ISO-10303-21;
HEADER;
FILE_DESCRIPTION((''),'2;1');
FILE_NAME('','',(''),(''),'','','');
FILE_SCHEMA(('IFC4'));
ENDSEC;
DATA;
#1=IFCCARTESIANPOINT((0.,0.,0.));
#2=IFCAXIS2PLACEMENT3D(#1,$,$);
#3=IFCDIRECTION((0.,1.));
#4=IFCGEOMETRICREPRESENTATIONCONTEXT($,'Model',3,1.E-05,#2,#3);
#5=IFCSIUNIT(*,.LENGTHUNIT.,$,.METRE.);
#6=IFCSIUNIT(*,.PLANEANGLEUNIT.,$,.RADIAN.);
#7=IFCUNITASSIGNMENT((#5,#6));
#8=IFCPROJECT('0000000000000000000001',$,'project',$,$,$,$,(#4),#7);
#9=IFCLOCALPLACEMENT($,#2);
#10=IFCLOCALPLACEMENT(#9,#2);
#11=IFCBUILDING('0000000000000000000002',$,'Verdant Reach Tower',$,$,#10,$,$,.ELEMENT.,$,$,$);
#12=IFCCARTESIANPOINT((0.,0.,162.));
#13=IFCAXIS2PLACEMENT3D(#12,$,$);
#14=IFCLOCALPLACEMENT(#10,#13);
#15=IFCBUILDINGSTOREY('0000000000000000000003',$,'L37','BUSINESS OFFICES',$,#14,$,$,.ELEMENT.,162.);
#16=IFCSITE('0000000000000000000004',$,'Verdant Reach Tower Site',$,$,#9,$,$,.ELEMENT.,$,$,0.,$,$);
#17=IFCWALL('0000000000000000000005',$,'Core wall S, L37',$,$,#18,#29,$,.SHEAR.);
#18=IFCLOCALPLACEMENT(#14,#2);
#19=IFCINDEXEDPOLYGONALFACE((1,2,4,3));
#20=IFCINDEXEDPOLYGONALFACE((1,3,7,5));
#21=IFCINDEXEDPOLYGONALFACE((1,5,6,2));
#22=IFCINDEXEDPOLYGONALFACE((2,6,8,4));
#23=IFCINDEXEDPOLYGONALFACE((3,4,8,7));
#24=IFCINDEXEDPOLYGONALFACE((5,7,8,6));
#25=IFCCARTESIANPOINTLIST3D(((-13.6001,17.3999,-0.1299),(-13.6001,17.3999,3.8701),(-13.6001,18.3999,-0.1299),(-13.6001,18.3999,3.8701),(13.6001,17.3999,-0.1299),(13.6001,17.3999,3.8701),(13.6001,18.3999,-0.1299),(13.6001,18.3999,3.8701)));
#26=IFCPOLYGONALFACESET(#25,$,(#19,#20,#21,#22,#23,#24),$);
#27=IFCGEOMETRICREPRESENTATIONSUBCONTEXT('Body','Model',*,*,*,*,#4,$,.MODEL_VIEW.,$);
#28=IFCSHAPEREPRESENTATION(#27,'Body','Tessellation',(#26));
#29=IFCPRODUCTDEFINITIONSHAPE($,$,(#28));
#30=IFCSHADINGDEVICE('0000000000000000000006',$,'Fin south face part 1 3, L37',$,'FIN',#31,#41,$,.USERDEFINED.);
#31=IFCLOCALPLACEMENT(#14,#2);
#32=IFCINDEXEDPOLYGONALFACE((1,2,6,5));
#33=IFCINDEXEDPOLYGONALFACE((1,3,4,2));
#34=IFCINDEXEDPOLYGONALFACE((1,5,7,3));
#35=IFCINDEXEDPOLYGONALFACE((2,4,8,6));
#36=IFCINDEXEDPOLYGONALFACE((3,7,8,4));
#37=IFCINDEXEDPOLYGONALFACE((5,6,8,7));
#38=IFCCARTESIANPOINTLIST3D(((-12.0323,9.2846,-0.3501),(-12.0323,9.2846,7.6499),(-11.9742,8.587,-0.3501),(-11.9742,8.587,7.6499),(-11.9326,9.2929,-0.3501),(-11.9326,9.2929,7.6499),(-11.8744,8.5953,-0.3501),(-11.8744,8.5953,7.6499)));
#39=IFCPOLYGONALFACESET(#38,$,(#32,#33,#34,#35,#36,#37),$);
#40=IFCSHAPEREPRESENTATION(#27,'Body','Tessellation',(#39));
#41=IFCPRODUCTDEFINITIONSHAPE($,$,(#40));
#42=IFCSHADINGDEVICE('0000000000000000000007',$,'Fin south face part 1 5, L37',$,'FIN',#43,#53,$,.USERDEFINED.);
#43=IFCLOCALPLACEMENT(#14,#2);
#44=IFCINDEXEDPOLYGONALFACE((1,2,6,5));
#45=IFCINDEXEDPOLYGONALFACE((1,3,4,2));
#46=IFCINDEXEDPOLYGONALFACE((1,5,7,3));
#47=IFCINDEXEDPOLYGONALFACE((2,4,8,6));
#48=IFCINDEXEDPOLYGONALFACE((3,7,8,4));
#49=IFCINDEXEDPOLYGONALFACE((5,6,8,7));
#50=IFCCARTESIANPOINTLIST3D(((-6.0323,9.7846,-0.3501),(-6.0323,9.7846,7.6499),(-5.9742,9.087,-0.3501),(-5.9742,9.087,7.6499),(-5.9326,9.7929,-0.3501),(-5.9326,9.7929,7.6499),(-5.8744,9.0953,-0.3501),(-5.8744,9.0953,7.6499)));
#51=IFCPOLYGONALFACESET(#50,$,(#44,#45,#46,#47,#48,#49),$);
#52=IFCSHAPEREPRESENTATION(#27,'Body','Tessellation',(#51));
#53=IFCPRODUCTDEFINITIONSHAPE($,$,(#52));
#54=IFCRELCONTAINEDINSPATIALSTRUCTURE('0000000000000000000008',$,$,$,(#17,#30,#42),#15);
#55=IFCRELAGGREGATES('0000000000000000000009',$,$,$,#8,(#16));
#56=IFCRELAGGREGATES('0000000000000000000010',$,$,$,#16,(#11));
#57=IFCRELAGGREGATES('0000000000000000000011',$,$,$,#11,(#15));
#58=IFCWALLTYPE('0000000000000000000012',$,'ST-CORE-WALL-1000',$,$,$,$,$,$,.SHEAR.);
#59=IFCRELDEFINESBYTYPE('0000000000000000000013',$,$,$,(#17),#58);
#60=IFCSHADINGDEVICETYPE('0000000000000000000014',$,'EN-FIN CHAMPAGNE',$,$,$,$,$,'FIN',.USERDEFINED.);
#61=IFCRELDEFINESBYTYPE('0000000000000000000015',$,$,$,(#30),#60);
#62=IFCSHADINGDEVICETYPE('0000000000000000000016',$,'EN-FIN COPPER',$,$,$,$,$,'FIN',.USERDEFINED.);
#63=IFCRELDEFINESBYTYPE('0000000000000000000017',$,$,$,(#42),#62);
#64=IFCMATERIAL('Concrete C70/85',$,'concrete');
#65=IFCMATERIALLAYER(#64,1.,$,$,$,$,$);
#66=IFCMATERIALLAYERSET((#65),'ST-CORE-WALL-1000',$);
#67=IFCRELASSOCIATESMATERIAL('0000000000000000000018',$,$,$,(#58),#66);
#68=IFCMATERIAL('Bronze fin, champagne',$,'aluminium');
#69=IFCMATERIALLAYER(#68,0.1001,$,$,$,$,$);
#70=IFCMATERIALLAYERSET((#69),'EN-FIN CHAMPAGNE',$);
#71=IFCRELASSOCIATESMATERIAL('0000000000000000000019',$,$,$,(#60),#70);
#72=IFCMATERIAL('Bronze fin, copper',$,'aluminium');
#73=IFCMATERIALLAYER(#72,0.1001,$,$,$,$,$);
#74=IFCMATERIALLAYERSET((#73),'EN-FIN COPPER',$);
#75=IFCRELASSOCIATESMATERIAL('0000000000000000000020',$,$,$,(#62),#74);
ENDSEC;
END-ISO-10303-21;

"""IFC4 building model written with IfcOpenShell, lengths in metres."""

from ifc_helpers import new_model, si_unit, direction, frame, frame_2d, origin, origin_2d, place, context, subcontext, project, spatial, rectangle, extrude, material, layer, layer_set, type_object, element, save


model = new_model("IFC4")

# Units and contexts
model_context = context("Model", 3, precision=1e-05, world=origin(), true_north=direction((0.0, 1.0)))
body_context = subcontext(model_context, "Body", "Model", "MODEL_VIEW")
ifc_project = project(units=[si_unit("LENGTHUNIT", "METRE"), si_unit("PLANEANGLEUNIT", "RADIAN")], contexts=[model_context])

# Site, building, storey
site_placement = place(None, origin())
site = spatial("IfcSite", under=ifc_project, at=site_placement, Name="Verdant Reach Tower Site", CompositionType="ELEMENT", RefElevation=0.0)
building_placement = place(site_placement, origin())
building = spatial("IfcBuilding", under=site, at=building_placement, Name="Verdant Reach Tower", CompositionType="ELEMENT")
storey_placement = place(building_placement, frame((0.0, 0.0, 162.0)))
storey = spatial("IfcBuildingStorey", under=building, at=storey_placement, Name="L37", Description="BUSINESS OFFICES", CompositionType="ELEMENT", Elevation=162.0)

# Wall
ifc_material_1 = material(Name="Concrete C70/85", Category="concrete")
ifc_layer_1 = layer(ifc_material_1, 1.0)
ifc_layer_set_1 = layer_set([ifc_layer_1], Name="ST-CORE-WALL-1000")
wall_type_1 = type_object("IfcWallType", Name="ST-CORE-WALL-1000", PredefinedType="SHEAR", material=ifc_layer_set_1)
wall_1_placement = place(storey_placement, frame((-13.6001, 17.8999, -0.1299), z_axis=(0.0, 0.0, 1.0), x_axis=(1.0, 0.0, 0.0)))
element("IfcWall", 1, at=wall_1_placement, inside=storey, type_object=wall_type_1, Name="Core wall S, L37", PredefinedType="SHEAR", context=body_context, shape_type="SweptSolid", body=[
    extrude(rectangle(XDim=27.2002, YDim=1.0, at=frame_2d((13.6001, 0.0))), origin(), (0.0, 0.0, 1.0), 4.0),
])

# Shading devices
ifc_material_2 = material(Name="Bronze fin, champagne", Category="aluminium")
ifc_layer_2 = layer(ifc_material_2, 0.1001)
ifc_layer_set_2 = layer_set([ifc_layer_2], Name="EN-FIN CHAMPAGNE")
shading_device_type_1 = type_object("IfcShadingDeviceType", Name="EN-FIN CHAMPAGNE", ElementType="FIN", PredefinedType="USERDEFINED", material=ifc_layer_set_2)
shading_device_1_placement = place(storey_placement, frame((-11.9534, 8.9399, -0.3501), z_axis=(0.0, 0.0, 1.0), x_axis=(0.996546, 0.083045, 0.0)))
element("IfcShadingDevice", 2, at=shading_device_1_placement, inside=storey, type_object=shading_device_type_1, Name="Fin south face part 1 3, L37", ObjectType="FIN", PredefinedType="USERDEFINED", context=body_context, shape_type="SweptSolid", body=[
    extrude(rectangle(XDim=0.1001, YDim=0.7, at=origin_2d()), origin(), (0.0, 0.0, 1.0), 8.0),
])
ifc_material_3 = material(Name="Bronze fin, copper", Category="aluminium")
ifc_layer_3 = layer(ifc_material_3, 0.1001)
ifc_layer_set_3 = layer_set([ifc_layer_3], Name="EN-FIN COPPER")
shading_device_type_2 = type_object("IfcShadingDeviceType", Name="EN-FIN COPPER", ElementType="FIN", PredefinedType="USERDEFINED", material=ifc_layer_set_3)
shading_device_2_placement = place(storey_placement, frame((-5.9534, 9.4399, -0.3501), z_axis=(0.0, 0.0, 1.0), x_axis=(0.996546, 0.083045, 0.0)))
element("IfcShadingDevice", 3, at=shading_device_2_placement, inside=storey, type_object=shading_device_type_2, Name="Fin south face part 1 5, L37", ObjectType="FIN", PredefinedType="USERDEFINED", context=body_context, shape_type="SweptSolid", body=[
    extrude(rectangle(XDim=0.1001, YDim=0.7, at=origin_2d()), origin(), (0.0, 0.0, 1.0), 8.0),
])

save(model, "model.ifc")
